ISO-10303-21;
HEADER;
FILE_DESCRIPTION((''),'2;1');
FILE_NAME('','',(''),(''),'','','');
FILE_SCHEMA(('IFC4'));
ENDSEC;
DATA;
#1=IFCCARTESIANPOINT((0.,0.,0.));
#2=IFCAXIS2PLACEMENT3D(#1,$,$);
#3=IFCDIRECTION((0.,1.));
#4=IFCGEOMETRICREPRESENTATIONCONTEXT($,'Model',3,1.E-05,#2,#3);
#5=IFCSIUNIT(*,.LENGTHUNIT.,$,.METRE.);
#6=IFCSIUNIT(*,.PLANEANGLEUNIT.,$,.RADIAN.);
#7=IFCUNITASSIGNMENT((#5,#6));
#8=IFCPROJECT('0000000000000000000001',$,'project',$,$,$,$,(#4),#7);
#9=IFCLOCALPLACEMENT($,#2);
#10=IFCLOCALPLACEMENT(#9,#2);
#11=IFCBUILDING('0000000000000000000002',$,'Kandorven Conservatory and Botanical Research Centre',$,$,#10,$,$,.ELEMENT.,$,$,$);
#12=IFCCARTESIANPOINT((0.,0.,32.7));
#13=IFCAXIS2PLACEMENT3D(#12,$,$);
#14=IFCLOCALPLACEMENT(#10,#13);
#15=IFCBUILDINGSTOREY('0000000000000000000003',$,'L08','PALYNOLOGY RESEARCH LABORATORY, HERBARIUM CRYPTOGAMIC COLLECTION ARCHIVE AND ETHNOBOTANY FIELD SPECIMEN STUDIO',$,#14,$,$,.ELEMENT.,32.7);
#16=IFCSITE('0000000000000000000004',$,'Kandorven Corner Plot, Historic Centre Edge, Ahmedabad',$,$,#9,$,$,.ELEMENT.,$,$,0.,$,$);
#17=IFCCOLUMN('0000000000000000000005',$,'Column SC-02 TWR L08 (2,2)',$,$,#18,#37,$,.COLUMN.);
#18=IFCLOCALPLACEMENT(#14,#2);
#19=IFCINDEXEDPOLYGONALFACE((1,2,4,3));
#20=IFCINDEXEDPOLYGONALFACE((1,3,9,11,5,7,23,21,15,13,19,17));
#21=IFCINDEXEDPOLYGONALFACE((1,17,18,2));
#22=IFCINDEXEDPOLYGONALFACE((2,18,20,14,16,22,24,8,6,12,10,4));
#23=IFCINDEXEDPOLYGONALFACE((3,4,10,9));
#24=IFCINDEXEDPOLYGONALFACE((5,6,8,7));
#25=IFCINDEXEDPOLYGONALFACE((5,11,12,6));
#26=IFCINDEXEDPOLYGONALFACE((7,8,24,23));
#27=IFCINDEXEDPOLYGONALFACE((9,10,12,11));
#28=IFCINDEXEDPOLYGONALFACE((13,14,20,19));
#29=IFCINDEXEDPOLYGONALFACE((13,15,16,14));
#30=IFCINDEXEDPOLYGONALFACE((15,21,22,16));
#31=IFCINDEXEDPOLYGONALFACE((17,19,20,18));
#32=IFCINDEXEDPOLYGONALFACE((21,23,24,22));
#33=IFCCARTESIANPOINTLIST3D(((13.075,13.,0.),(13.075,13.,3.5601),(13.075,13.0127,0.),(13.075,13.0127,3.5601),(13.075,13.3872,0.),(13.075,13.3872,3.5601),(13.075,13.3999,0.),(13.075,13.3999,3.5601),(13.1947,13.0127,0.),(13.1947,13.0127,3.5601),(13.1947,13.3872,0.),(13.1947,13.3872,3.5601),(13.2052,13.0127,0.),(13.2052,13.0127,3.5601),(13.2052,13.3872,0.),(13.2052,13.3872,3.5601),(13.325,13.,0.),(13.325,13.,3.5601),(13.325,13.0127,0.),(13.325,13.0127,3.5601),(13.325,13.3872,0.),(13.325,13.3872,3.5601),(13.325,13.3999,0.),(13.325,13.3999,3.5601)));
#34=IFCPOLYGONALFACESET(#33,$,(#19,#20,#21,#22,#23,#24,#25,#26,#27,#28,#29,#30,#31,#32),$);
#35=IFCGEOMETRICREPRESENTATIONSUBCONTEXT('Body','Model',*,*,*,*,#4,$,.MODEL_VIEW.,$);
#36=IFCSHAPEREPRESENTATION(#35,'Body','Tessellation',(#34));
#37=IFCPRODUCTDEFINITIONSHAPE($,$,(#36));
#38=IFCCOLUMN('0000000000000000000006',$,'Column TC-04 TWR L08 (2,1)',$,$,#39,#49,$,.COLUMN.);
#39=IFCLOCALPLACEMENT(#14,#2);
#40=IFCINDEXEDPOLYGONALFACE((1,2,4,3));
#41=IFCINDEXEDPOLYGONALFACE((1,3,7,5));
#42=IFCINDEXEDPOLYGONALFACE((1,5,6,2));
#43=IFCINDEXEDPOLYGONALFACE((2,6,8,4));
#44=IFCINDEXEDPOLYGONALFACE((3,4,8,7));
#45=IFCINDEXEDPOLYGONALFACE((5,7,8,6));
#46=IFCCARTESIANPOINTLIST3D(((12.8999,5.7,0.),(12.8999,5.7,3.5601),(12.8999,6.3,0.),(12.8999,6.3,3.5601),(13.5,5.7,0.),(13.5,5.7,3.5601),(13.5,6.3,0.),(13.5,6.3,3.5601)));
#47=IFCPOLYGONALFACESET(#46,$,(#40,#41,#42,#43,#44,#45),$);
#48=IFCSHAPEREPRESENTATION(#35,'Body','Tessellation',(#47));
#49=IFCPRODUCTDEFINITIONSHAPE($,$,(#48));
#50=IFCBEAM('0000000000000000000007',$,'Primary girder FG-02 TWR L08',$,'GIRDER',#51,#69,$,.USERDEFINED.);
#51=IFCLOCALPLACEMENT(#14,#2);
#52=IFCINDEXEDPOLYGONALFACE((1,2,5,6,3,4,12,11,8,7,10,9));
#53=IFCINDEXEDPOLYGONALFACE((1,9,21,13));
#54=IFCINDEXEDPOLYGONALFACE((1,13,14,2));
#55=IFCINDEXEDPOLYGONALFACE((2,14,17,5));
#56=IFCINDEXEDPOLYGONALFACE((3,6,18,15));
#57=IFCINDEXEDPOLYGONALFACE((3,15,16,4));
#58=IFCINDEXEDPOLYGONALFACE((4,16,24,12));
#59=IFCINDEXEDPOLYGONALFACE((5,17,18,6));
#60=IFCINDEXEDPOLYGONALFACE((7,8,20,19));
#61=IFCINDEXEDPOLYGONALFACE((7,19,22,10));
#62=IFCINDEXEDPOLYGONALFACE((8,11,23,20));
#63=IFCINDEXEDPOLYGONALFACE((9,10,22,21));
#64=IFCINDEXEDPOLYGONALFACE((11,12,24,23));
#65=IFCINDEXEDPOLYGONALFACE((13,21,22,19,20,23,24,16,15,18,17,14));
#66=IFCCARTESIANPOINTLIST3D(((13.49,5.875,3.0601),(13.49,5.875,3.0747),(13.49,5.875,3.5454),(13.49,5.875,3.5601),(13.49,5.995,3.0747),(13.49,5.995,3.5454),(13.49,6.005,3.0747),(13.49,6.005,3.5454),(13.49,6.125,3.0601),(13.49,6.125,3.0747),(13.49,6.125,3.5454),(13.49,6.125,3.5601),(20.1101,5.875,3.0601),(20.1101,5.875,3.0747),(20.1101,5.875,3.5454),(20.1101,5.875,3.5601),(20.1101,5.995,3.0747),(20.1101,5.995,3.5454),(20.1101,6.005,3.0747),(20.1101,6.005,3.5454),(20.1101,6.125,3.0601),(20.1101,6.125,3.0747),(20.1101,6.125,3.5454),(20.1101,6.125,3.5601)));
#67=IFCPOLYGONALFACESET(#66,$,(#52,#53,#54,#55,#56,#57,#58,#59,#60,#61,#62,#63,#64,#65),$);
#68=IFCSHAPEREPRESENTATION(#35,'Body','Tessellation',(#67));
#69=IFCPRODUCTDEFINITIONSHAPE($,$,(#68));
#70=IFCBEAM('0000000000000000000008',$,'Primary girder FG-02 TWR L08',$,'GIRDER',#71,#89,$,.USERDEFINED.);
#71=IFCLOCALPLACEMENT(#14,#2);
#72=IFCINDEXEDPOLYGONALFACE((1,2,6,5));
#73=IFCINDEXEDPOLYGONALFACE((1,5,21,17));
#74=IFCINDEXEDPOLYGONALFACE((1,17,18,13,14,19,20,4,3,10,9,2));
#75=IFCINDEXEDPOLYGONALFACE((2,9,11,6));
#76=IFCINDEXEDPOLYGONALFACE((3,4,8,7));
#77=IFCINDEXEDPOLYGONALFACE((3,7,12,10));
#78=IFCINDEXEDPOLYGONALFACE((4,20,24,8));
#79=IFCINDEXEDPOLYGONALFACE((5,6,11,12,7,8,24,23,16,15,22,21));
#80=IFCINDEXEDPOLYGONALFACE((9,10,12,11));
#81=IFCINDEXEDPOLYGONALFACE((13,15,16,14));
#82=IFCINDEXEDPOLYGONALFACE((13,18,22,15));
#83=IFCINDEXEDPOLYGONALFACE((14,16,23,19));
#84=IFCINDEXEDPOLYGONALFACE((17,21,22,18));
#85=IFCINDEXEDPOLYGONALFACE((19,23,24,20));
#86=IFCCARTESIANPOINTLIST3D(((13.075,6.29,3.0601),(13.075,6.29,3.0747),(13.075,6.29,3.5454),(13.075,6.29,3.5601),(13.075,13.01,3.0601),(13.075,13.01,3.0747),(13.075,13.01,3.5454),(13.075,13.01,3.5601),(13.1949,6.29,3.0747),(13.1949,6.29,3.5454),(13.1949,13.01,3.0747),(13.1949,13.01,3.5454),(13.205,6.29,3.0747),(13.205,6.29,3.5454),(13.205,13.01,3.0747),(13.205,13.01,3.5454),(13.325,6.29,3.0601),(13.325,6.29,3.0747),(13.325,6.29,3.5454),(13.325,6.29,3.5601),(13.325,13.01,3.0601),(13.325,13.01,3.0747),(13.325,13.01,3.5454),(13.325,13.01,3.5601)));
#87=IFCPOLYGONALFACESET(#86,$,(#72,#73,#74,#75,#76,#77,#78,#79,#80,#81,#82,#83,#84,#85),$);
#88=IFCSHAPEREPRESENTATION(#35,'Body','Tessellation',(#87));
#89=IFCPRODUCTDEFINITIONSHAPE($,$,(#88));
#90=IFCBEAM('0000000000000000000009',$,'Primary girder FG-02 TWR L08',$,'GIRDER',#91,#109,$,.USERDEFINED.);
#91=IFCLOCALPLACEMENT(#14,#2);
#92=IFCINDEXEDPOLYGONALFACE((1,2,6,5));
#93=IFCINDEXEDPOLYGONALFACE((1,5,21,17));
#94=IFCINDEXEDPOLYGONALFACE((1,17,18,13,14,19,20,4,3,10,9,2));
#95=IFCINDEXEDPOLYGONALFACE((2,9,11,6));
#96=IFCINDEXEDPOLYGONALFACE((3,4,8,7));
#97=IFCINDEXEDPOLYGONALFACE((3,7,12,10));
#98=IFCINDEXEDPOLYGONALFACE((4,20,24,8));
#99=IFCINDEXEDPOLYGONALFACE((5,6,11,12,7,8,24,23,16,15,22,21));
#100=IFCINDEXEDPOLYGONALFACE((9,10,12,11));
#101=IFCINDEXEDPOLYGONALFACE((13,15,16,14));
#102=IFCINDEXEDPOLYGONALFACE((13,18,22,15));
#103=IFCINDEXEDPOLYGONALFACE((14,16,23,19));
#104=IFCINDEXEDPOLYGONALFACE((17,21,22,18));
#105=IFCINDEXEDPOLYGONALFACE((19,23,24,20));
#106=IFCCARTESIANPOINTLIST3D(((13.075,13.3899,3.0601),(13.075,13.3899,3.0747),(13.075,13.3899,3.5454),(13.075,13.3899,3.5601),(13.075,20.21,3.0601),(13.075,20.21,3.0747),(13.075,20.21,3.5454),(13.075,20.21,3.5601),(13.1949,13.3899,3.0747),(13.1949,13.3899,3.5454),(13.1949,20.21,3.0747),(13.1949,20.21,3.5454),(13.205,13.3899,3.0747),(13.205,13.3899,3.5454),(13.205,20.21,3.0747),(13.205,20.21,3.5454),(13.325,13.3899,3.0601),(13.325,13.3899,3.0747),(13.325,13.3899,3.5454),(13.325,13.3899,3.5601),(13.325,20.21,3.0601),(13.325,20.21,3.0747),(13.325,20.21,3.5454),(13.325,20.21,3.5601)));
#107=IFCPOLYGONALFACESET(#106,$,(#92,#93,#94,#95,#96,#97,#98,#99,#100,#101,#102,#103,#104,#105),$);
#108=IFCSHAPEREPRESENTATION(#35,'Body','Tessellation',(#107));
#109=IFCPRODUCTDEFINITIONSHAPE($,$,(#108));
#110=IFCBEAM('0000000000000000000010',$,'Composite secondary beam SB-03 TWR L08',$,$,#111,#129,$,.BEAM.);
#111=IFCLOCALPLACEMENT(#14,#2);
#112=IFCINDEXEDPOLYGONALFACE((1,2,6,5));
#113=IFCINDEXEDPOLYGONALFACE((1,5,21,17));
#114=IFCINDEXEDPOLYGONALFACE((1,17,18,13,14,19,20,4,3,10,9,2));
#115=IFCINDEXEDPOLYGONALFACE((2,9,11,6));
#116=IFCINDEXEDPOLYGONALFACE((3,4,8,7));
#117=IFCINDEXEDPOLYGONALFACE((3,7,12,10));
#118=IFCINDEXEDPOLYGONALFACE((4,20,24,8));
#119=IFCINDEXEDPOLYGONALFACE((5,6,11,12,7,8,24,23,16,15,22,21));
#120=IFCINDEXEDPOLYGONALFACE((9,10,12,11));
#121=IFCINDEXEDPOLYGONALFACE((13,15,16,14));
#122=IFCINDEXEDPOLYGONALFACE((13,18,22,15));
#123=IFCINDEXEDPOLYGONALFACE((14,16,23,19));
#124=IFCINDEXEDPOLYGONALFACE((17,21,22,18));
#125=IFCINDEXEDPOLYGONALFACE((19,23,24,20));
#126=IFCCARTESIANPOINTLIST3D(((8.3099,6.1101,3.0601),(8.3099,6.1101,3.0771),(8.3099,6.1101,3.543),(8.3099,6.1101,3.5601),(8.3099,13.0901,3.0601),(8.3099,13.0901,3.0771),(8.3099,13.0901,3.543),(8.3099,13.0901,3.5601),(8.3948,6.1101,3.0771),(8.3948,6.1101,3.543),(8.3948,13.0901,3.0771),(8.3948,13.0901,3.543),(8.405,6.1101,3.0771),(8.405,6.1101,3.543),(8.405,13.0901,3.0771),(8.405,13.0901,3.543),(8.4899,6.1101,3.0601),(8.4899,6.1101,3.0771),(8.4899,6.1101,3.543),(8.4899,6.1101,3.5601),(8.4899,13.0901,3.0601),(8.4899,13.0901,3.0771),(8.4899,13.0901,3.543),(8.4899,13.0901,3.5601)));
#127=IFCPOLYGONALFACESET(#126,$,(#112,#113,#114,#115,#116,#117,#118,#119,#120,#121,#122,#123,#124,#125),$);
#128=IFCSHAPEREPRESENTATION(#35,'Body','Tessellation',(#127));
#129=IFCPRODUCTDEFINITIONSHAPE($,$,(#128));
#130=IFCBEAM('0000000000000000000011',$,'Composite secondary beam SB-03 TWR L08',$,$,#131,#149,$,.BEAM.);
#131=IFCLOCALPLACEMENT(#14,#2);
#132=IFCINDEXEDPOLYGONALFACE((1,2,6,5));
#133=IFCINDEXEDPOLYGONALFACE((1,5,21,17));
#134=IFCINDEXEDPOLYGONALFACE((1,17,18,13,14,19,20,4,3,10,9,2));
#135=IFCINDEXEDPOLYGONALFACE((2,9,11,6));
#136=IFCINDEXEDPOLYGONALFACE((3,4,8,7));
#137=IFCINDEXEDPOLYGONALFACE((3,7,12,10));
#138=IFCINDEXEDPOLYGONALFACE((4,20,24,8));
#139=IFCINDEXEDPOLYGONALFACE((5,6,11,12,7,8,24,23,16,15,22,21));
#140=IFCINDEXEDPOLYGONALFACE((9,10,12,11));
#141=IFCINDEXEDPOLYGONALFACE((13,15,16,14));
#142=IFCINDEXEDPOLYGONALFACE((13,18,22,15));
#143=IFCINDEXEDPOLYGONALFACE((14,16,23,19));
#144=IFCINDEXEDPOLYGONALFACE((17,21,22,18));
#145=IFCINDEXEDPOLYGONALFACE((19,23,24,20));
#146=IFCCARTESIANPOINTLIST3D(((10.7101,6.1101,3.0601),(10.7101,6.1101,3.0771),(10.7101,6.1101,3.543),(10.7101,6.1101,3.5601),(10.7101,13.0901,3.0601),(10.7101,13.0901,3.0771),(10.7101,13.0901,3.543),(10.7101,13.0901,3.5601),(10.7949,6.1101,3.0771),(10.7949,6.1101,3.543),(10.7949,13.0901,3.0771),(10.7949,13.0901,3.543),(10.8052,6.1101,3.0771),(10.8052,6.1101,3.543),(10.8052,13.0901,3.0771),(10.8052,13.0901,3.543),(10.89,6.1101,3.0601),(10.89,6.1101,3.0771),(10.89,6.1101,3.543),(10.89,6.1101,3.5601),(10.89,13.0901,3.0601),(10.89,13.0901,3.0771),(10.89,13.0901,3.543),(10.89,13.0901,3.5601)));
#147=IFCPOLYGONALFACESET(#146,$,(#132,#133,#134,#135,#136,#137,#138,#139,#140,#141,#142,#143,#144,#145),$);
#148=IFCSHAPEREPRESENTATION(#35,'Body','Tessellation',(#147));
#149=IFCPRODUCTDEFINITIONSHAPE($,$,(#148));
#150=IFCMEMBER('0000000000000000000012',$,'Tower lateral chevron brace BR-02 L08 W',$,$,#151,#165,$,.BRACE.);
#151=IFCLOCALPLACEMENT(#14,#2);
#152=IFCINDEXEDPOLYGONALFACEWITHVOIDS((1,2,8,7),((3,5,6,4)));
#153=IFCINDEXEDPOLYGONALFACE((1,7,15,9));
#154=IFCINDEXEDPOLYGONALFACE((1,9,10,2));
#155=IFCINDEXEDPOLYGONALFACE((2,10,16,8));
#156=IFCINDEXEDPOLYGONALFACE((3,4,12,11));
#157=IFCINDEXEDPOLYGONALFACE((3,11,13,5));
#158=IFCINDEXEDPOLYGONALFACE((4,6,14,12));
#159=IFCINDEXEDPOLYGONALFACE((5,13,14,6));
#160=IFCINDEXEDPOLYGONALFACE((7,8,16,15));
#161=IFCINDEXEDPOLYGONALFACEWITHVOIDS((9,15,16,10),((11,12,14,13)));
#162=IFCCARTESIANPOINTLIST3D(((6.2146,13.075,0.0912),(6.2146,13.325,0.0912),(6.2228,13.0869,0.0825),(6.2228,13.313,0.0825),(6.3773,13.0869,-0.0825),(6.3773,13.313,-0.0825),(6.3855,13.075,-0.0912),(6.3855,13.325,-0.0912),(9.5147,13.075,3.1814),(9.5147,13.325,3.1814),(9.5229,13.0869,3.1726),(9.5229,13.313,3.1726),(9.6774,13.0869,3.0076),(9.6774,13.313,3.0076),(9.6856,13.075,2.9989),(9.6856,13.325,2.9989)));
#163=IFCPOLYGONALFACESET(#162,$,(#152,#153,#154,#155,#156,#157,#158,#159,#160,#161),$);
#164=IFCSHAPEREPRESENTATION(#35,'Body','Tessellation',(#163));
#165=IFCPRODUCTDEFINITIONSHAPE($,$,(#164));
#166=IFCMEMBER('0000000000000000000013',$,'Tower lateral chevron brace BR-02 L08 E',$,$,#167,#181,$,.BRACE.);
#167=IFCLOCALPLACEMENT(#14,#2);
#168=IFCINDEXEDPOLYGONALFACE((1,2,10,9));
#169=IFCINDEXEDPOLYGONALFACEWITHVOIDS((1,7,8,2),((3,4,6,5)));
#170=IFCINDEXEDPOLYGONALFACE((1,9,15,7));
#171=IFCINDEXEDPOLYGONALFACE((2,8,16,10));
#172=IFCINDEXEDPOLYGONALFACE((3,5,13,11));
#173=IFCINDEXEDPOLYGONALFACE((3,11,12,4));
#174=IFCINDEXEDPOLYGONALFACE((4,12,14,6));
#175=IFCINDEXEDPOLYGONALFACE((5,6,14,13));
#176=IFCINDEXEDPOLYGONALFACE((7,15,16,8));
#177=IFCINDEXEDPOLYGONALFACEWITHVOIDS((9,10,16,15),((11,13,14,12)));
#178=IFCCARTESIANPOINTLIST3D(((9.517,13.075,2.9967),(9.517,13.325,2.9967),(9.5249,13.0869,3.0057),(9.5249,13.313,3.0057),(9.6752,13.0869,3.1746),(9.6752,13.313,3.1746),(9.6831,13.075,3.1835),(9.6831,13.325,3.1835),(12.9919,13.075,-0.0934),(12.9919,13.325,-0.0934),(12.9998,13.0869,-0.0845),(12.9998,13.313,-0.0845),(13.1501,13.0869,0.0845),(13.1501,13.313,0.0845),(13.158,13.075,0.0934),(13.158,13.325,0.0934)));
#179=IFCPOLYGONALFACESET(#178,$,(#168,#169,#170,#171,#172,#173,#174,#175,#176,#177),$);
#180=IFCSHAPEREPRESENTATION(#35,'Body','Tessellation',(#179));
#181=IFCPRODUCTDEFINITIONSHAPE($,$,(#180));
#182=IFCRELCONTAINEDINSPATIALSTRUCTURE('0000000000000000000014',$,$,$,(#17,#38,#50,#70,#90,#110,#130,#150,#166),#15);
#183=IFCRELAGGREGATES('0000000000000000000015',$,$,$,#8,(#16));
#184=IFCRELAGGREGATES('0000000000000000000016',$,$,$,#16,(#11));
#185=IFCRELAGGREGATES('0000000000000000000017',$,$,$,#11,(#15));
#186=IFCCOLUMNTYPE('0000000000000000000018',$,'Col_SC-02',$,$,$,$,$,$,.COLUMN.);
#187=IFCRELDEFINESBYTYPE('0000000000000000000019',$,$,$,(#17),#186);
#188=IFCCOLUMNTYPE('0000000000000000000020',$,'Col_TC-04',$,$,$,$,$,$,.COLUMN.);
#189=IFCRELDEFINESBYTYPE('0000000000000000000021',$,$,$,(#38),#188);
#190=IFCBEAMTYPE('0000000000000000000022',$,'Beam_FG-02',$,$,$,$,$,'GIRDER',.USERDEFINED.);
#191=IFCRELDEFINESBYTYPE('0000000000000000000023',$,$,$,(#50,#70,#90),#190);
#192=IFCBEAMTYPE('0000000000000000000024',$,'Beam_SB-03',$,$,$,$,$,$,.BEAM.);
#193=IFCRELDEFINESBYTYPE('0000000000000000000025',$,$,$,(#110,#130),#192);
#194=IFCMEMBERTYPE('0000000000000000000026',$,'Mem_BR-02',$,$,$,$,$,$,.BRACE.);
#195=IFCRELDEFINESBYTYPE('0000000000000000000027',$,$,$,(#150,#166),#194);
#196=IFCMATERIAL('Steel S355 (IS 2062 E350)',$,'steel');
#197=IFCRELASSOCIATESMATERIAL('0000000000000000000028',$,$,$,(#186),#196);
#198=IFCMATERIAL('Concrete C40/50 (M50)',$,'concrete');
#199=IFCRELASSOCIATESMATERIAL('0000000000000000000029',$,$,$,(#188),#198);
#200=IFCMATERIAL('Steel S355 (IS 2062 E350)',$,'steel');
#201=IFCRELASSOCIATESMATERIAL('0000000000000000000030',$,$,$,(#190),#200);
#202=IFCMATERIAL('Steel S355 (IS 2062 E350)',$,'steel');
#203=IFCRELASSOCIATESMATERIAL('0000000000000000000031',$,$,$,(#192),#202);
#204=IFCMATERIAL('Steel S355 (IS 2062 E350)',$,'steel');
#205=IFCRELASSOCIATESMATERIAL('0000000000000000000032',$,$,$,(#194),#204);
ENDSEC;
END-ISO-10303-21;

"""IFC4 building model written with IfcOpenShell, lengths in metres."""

from ifc_helpers import new_model, si_unit, direction, frame, origin, origin_2d, place, context, subcontext, project, spatial, rectangle, hollow_rectangle, i_section, extrude, material, material_profile, profile_set, type_object, element, save


model = new_model("IFC4")

# Units and contexts
model_context = context("Model", 3, precision=1e-05, world=origin(), true_north=direction((0.0, 1.0)))
body_context = subcontext(model_context, "Body", "Model", "MODEL_VIEW")
ifc_project = project(units=[si_unit("LENGTHUNIT", "METRE"), si_unit("PLANEANGLEUNIT", "RADIAN")], contexts=[model_context])

# Site, building, storey
site_placement = place(None, origin())
site = spatial("IfcSite", under=ifc_project, at=site_placement, Name="Kandorven Corner Plot, Historic Centre Edge, Ahmedabad", CompositionType="ELEMENT", RefElevation=0.0)
building_placement = place(site_placement, origin())
building = spatial("IfcBuilding", under=site, at=building_placement, Name="Kandorven Conservatory and Botanical Research Centre", CompositionType="ELEMENT")
storey_placement = place(building_placement, frame((0.0, 0.0, 32.7)))
storey = spatial("IfcBuildingStorey", under=building, at=storey_placement, Name="L08", Description="PALYNOLOGY RESEARCH LABORATORY, HERBARIUM CRYPTOGAMIC COLLECTION ARCHIVE AND ETHNOBOTANY FIELD SPECIMEN STUDIO", CompositionType="ELEMENT", Elevation=32.7)

# Columns
ifc_material_1 = material(Name="Steel S355 (IS 2062 E350)", Category="steel")
ifc_material_profile_1 = material_profile(ifc_material_1, i_section(OverallWidth=0.25, OverallDepth=0.3999, WebThickness=0.0105, FlangeThickness=0.0127, at=origin_2d()))
ifc_profile_set_1 = profile_set([ifc_material_profile_1], Name="Steel S355 (IS 2062 E350)")
column_type_1 = type_object("IfcColumnType", Name="Col_SC-02", PredefinedType="COLUMN", material=ifc_profile_set_1)
column_1_placement = place(storey_placement, frame((13.2, 13.2, 0.0), z_axis=(0.0, 0.0, 1.0), x_axis=(1.0, 0.0, 0.0)))
element("IfcColumn", 1, at=column_1_placement, inside=storey, type_object=column_type_1, Name="Column SC-02 TWR L08 (2,2)", PredefinedType="COLUMN", context=body_context, shape_type="SweptSolid", body=[
    extrude(i_section(OverallWidth=0.25, OverallDepth=0.3999, WebThickness=0.0105, FlangeThickness=0.0127, at=origin_2d()), origin(), (0.0, 0.0, 1.0), 3.5601),
])
ifc_material_2 = material(Name="Concrete C40/50 (M50)", Category="concrete")
ifc_material_profile_2 = material_profile(ifc_material_2, rectangle(XDim=0.6001, YDim=0.6001, at=origin_2d()))
ifc_profile_set_2 = profile_set([ifc_material_profile_2], Name="Concrete C40/50 (M50)")
column_type_2 = type_object("IfcColumnType", Name="Col_TC-04", PredefinedType="COLUMN", material=ifc_profile_set_2)
column_2_placement = place(storey_placement, frame((13.2, 6.0, 0.0), z_axis=(0.0, 0.0, 1.0), x_axis=(1.0, 0.0, 0.0)))
element("IfcColumn", 2, at=column_2_placement, inside=storey, type_object=column_type_2, Name="Column TC-04 TWR L08 (2,1)", PredefinedType="COLUMN", context=body_context, shape_type="SweptSolid", body=[
    extrude(rectangle(XDim=0.6001, YDim=0.6001, at=origin_2d()), origin(), (0.0, 0.0, 1.0), 3.5601),
])

# Beams
ifc_material_3 = material(Name="Steel S355 (IS 2062 E350)", Category="steel")
ifc_material_profile_3 = material_profile(ifc_material_3, i_section(OverallWidth=0.25, OverallDepth=0.5, WebThickness=0.01, FlangeThickness=0.0146, at=origin_2d()))
ifc_profile_set_3 = profile_set([ifc_material_profile_3], Name="Steel S355 (IS 2062 E350)")
beam_type_1 = type_object("IfcBeamType", Name="Beam_FG-02", ElementType="GIRDER", PredefinedType="USERDEFINED", material=ifc_profile_set_3)
beam_1_placement = place(storey_placement, frame((13.49, 6.0, 3.3101), z_axis=(1.0, 0.0, 0.0), x_axis=(0.0, 1.0, 0.0)))
element("IfcBeam", 3, at=beam_1_placement, inside=storey, type_object=beam_type_1, Name="Primary girder FG-02 TWR L08", ObjectType="GIRDER", PredefinedType="USERDEFINED", context=body_context, shape_type="SweptSolid", body=[
    extrude(i_section(OverallWidth=0.25, OverallDepth=0.5, WebThickness=0.01, FlangeThickness=0.0146, at=origin_2d()), origin(), (0.0, 0.0, 1.0), 6.6201),
])
beam_2_placement = place(storey_placement, frame((13.2, 6.29, 3.3101), z_axis=(0.0, 1.0, 0.0), x_axis=(-1.0, 0.0, 0.0)))
element("IfcBeam", 4, at=beam_2_placement, inside=storey, type_object=beam_type_1, Name="Primary girder FG-02 TWR L08", ObjectType="GIRDER", PredefinedType="USERDEFINED", context=body_context, shape_type="SweptSolid", body=[
    extrude(i_section(OverallWidth=0.25, OverallDepth=0.5, WebThickness=0.01, FlangeThickness=0.0146, at=origin_2d()), origin(), (0.0, 0.0, 1.0), 6.72),
])
beam_3_placement = place(storey_placement, frame((13.2, 13.3899, 3.3101), z_axis=(0.0, 1.0, 0.0), x_axis=(-1.0, 0.0, 0.0)))
element("IfcBeam", 5, at=beam_3_placement, inside=storey, type_object=beam_type_1, Name="Primary girder FG-02 TWR L08", ObjectType="GIRDER", PredefinedType="USERDEFINED", context=body_context, shape_type="SweptSolid", body=[
    extrude(i_section(OverallWidth=0.25, OverallDepth=0.5, WebThickness=0.01, FlangeThickness=0.0146, at=origin_2d()), origin(), (0.0, 0.0, 1.0), 6.8201),
])
ifc_material_4 = material(Name="Steel S355 (IS 2062 E350)", Category="steel")
ifc_material_profile_4 = material_profile(ifc_material_4, i_section(OverallWidth=0.1799, OverallDepth=0.5, WebThickness=0.0103, FlangeThickness=0.0171, at=origin_2d()))
ifc_profile_set_4 = profile_set([ifc_material_profile_4], Name="Steel S355 (IS 2062 E350)")
beam_type_2 = type_object("IfcBeamType", Name="Beam_SB-03", PredefinedType="BEAM", material=ifc_profile_set_4)
for number, where, z_axis, x_axis, name in (
    (6, (8.3999, 6.1101, 3.3101), (0.0, 1.0, 0.0), (-1.0, 0.0, 0.0), "Composite secondary beam SB-03 TWR L08"),
    (7, (10.8, 6.1101, 3.3101), (0.0, 1.0, 0.0), (-1.0, 0.0, 0.0), "Composite secondary beam SB-03 TWR L08"),
):
    element("IfcBeam", number, at=place(storey_placement, frame(where, z_axis=z_axis, x_axis=x_axis)), inside=storey, type_object=beam_type_2, Name=name, PredefinedType="BEAM", context=body_context, shape_type="SweptSolid", body=[
        extrude(i_section(OverallWidth=0.1799, OverallDepth=0.5, WebThickness=0.0103, FlangeThickness=0.0171, at=origin_2d()), origin(), (0.0, 0.0, 1.0), 6.98),
    ])

# Members
ifc_material_5 = material(Name="Steel S355 (IS 2062 E350)", Category="steel")
ifc_material_profile_5 = material_profile(ifc_material_5, hollow_rectangle(XDim=0.25, YDim=0.25, WallThickness=0.012, at=origin_2d()))
ifc_profile_set_5 = profile_set([ifc_material_profile_5], Name="Steel S355 (IS 2062 E350)")
member_type_1 = type_object("IfcMemberType", Name="Mem_BR-02", PredefinedType="BRACE", material=ifc_profile_set_5)
member_1_placement = place(storey_placement, frame((6.3, 13.2, 0.0), z_axis=(0.729946, 0.0, 0.683504), x_axis=(0.0, 1.0, 0.0)))
element("IfcMember", 8, at=member_1_placement, inside=storey, type_object=member_type_1, Name="Tower lateral chevron brace BR-02 L08 W", PredefinedType="BRACE", context=body_context, shape_type="SweptSolid", body=[
    extrude(hollow_rectangle(XDim=0.25, YDim=0.25, WallThickness=0.012, at=origin_2d()), origin(), (0.0, 0.0, 1.0), 4.521),
])
member_2_placement = place(storey_placement, frame((13.075, 13.2, 0.0), z_axis=(-0.747267, 0.0, 0.664524), x_axis=(0.0, -1.0, 0.0)))
element("IfcMember", 9, at=member_2_placement, inside=storey, type_object=member_type_1, Name="Tower lateral chevron brace BR-02 L08 E", PredefinedType="BRACE", context=body_context, shape_type="SweptSolid", body=[
    extrude(hollow_rectangle(XDim=0.25, YDim=0.25, WallThickness=0.012, at=origin_2d()), origin(), (0.0, 0.0, 1.0), 4.6501),
])

save(model, "model.ifc")
